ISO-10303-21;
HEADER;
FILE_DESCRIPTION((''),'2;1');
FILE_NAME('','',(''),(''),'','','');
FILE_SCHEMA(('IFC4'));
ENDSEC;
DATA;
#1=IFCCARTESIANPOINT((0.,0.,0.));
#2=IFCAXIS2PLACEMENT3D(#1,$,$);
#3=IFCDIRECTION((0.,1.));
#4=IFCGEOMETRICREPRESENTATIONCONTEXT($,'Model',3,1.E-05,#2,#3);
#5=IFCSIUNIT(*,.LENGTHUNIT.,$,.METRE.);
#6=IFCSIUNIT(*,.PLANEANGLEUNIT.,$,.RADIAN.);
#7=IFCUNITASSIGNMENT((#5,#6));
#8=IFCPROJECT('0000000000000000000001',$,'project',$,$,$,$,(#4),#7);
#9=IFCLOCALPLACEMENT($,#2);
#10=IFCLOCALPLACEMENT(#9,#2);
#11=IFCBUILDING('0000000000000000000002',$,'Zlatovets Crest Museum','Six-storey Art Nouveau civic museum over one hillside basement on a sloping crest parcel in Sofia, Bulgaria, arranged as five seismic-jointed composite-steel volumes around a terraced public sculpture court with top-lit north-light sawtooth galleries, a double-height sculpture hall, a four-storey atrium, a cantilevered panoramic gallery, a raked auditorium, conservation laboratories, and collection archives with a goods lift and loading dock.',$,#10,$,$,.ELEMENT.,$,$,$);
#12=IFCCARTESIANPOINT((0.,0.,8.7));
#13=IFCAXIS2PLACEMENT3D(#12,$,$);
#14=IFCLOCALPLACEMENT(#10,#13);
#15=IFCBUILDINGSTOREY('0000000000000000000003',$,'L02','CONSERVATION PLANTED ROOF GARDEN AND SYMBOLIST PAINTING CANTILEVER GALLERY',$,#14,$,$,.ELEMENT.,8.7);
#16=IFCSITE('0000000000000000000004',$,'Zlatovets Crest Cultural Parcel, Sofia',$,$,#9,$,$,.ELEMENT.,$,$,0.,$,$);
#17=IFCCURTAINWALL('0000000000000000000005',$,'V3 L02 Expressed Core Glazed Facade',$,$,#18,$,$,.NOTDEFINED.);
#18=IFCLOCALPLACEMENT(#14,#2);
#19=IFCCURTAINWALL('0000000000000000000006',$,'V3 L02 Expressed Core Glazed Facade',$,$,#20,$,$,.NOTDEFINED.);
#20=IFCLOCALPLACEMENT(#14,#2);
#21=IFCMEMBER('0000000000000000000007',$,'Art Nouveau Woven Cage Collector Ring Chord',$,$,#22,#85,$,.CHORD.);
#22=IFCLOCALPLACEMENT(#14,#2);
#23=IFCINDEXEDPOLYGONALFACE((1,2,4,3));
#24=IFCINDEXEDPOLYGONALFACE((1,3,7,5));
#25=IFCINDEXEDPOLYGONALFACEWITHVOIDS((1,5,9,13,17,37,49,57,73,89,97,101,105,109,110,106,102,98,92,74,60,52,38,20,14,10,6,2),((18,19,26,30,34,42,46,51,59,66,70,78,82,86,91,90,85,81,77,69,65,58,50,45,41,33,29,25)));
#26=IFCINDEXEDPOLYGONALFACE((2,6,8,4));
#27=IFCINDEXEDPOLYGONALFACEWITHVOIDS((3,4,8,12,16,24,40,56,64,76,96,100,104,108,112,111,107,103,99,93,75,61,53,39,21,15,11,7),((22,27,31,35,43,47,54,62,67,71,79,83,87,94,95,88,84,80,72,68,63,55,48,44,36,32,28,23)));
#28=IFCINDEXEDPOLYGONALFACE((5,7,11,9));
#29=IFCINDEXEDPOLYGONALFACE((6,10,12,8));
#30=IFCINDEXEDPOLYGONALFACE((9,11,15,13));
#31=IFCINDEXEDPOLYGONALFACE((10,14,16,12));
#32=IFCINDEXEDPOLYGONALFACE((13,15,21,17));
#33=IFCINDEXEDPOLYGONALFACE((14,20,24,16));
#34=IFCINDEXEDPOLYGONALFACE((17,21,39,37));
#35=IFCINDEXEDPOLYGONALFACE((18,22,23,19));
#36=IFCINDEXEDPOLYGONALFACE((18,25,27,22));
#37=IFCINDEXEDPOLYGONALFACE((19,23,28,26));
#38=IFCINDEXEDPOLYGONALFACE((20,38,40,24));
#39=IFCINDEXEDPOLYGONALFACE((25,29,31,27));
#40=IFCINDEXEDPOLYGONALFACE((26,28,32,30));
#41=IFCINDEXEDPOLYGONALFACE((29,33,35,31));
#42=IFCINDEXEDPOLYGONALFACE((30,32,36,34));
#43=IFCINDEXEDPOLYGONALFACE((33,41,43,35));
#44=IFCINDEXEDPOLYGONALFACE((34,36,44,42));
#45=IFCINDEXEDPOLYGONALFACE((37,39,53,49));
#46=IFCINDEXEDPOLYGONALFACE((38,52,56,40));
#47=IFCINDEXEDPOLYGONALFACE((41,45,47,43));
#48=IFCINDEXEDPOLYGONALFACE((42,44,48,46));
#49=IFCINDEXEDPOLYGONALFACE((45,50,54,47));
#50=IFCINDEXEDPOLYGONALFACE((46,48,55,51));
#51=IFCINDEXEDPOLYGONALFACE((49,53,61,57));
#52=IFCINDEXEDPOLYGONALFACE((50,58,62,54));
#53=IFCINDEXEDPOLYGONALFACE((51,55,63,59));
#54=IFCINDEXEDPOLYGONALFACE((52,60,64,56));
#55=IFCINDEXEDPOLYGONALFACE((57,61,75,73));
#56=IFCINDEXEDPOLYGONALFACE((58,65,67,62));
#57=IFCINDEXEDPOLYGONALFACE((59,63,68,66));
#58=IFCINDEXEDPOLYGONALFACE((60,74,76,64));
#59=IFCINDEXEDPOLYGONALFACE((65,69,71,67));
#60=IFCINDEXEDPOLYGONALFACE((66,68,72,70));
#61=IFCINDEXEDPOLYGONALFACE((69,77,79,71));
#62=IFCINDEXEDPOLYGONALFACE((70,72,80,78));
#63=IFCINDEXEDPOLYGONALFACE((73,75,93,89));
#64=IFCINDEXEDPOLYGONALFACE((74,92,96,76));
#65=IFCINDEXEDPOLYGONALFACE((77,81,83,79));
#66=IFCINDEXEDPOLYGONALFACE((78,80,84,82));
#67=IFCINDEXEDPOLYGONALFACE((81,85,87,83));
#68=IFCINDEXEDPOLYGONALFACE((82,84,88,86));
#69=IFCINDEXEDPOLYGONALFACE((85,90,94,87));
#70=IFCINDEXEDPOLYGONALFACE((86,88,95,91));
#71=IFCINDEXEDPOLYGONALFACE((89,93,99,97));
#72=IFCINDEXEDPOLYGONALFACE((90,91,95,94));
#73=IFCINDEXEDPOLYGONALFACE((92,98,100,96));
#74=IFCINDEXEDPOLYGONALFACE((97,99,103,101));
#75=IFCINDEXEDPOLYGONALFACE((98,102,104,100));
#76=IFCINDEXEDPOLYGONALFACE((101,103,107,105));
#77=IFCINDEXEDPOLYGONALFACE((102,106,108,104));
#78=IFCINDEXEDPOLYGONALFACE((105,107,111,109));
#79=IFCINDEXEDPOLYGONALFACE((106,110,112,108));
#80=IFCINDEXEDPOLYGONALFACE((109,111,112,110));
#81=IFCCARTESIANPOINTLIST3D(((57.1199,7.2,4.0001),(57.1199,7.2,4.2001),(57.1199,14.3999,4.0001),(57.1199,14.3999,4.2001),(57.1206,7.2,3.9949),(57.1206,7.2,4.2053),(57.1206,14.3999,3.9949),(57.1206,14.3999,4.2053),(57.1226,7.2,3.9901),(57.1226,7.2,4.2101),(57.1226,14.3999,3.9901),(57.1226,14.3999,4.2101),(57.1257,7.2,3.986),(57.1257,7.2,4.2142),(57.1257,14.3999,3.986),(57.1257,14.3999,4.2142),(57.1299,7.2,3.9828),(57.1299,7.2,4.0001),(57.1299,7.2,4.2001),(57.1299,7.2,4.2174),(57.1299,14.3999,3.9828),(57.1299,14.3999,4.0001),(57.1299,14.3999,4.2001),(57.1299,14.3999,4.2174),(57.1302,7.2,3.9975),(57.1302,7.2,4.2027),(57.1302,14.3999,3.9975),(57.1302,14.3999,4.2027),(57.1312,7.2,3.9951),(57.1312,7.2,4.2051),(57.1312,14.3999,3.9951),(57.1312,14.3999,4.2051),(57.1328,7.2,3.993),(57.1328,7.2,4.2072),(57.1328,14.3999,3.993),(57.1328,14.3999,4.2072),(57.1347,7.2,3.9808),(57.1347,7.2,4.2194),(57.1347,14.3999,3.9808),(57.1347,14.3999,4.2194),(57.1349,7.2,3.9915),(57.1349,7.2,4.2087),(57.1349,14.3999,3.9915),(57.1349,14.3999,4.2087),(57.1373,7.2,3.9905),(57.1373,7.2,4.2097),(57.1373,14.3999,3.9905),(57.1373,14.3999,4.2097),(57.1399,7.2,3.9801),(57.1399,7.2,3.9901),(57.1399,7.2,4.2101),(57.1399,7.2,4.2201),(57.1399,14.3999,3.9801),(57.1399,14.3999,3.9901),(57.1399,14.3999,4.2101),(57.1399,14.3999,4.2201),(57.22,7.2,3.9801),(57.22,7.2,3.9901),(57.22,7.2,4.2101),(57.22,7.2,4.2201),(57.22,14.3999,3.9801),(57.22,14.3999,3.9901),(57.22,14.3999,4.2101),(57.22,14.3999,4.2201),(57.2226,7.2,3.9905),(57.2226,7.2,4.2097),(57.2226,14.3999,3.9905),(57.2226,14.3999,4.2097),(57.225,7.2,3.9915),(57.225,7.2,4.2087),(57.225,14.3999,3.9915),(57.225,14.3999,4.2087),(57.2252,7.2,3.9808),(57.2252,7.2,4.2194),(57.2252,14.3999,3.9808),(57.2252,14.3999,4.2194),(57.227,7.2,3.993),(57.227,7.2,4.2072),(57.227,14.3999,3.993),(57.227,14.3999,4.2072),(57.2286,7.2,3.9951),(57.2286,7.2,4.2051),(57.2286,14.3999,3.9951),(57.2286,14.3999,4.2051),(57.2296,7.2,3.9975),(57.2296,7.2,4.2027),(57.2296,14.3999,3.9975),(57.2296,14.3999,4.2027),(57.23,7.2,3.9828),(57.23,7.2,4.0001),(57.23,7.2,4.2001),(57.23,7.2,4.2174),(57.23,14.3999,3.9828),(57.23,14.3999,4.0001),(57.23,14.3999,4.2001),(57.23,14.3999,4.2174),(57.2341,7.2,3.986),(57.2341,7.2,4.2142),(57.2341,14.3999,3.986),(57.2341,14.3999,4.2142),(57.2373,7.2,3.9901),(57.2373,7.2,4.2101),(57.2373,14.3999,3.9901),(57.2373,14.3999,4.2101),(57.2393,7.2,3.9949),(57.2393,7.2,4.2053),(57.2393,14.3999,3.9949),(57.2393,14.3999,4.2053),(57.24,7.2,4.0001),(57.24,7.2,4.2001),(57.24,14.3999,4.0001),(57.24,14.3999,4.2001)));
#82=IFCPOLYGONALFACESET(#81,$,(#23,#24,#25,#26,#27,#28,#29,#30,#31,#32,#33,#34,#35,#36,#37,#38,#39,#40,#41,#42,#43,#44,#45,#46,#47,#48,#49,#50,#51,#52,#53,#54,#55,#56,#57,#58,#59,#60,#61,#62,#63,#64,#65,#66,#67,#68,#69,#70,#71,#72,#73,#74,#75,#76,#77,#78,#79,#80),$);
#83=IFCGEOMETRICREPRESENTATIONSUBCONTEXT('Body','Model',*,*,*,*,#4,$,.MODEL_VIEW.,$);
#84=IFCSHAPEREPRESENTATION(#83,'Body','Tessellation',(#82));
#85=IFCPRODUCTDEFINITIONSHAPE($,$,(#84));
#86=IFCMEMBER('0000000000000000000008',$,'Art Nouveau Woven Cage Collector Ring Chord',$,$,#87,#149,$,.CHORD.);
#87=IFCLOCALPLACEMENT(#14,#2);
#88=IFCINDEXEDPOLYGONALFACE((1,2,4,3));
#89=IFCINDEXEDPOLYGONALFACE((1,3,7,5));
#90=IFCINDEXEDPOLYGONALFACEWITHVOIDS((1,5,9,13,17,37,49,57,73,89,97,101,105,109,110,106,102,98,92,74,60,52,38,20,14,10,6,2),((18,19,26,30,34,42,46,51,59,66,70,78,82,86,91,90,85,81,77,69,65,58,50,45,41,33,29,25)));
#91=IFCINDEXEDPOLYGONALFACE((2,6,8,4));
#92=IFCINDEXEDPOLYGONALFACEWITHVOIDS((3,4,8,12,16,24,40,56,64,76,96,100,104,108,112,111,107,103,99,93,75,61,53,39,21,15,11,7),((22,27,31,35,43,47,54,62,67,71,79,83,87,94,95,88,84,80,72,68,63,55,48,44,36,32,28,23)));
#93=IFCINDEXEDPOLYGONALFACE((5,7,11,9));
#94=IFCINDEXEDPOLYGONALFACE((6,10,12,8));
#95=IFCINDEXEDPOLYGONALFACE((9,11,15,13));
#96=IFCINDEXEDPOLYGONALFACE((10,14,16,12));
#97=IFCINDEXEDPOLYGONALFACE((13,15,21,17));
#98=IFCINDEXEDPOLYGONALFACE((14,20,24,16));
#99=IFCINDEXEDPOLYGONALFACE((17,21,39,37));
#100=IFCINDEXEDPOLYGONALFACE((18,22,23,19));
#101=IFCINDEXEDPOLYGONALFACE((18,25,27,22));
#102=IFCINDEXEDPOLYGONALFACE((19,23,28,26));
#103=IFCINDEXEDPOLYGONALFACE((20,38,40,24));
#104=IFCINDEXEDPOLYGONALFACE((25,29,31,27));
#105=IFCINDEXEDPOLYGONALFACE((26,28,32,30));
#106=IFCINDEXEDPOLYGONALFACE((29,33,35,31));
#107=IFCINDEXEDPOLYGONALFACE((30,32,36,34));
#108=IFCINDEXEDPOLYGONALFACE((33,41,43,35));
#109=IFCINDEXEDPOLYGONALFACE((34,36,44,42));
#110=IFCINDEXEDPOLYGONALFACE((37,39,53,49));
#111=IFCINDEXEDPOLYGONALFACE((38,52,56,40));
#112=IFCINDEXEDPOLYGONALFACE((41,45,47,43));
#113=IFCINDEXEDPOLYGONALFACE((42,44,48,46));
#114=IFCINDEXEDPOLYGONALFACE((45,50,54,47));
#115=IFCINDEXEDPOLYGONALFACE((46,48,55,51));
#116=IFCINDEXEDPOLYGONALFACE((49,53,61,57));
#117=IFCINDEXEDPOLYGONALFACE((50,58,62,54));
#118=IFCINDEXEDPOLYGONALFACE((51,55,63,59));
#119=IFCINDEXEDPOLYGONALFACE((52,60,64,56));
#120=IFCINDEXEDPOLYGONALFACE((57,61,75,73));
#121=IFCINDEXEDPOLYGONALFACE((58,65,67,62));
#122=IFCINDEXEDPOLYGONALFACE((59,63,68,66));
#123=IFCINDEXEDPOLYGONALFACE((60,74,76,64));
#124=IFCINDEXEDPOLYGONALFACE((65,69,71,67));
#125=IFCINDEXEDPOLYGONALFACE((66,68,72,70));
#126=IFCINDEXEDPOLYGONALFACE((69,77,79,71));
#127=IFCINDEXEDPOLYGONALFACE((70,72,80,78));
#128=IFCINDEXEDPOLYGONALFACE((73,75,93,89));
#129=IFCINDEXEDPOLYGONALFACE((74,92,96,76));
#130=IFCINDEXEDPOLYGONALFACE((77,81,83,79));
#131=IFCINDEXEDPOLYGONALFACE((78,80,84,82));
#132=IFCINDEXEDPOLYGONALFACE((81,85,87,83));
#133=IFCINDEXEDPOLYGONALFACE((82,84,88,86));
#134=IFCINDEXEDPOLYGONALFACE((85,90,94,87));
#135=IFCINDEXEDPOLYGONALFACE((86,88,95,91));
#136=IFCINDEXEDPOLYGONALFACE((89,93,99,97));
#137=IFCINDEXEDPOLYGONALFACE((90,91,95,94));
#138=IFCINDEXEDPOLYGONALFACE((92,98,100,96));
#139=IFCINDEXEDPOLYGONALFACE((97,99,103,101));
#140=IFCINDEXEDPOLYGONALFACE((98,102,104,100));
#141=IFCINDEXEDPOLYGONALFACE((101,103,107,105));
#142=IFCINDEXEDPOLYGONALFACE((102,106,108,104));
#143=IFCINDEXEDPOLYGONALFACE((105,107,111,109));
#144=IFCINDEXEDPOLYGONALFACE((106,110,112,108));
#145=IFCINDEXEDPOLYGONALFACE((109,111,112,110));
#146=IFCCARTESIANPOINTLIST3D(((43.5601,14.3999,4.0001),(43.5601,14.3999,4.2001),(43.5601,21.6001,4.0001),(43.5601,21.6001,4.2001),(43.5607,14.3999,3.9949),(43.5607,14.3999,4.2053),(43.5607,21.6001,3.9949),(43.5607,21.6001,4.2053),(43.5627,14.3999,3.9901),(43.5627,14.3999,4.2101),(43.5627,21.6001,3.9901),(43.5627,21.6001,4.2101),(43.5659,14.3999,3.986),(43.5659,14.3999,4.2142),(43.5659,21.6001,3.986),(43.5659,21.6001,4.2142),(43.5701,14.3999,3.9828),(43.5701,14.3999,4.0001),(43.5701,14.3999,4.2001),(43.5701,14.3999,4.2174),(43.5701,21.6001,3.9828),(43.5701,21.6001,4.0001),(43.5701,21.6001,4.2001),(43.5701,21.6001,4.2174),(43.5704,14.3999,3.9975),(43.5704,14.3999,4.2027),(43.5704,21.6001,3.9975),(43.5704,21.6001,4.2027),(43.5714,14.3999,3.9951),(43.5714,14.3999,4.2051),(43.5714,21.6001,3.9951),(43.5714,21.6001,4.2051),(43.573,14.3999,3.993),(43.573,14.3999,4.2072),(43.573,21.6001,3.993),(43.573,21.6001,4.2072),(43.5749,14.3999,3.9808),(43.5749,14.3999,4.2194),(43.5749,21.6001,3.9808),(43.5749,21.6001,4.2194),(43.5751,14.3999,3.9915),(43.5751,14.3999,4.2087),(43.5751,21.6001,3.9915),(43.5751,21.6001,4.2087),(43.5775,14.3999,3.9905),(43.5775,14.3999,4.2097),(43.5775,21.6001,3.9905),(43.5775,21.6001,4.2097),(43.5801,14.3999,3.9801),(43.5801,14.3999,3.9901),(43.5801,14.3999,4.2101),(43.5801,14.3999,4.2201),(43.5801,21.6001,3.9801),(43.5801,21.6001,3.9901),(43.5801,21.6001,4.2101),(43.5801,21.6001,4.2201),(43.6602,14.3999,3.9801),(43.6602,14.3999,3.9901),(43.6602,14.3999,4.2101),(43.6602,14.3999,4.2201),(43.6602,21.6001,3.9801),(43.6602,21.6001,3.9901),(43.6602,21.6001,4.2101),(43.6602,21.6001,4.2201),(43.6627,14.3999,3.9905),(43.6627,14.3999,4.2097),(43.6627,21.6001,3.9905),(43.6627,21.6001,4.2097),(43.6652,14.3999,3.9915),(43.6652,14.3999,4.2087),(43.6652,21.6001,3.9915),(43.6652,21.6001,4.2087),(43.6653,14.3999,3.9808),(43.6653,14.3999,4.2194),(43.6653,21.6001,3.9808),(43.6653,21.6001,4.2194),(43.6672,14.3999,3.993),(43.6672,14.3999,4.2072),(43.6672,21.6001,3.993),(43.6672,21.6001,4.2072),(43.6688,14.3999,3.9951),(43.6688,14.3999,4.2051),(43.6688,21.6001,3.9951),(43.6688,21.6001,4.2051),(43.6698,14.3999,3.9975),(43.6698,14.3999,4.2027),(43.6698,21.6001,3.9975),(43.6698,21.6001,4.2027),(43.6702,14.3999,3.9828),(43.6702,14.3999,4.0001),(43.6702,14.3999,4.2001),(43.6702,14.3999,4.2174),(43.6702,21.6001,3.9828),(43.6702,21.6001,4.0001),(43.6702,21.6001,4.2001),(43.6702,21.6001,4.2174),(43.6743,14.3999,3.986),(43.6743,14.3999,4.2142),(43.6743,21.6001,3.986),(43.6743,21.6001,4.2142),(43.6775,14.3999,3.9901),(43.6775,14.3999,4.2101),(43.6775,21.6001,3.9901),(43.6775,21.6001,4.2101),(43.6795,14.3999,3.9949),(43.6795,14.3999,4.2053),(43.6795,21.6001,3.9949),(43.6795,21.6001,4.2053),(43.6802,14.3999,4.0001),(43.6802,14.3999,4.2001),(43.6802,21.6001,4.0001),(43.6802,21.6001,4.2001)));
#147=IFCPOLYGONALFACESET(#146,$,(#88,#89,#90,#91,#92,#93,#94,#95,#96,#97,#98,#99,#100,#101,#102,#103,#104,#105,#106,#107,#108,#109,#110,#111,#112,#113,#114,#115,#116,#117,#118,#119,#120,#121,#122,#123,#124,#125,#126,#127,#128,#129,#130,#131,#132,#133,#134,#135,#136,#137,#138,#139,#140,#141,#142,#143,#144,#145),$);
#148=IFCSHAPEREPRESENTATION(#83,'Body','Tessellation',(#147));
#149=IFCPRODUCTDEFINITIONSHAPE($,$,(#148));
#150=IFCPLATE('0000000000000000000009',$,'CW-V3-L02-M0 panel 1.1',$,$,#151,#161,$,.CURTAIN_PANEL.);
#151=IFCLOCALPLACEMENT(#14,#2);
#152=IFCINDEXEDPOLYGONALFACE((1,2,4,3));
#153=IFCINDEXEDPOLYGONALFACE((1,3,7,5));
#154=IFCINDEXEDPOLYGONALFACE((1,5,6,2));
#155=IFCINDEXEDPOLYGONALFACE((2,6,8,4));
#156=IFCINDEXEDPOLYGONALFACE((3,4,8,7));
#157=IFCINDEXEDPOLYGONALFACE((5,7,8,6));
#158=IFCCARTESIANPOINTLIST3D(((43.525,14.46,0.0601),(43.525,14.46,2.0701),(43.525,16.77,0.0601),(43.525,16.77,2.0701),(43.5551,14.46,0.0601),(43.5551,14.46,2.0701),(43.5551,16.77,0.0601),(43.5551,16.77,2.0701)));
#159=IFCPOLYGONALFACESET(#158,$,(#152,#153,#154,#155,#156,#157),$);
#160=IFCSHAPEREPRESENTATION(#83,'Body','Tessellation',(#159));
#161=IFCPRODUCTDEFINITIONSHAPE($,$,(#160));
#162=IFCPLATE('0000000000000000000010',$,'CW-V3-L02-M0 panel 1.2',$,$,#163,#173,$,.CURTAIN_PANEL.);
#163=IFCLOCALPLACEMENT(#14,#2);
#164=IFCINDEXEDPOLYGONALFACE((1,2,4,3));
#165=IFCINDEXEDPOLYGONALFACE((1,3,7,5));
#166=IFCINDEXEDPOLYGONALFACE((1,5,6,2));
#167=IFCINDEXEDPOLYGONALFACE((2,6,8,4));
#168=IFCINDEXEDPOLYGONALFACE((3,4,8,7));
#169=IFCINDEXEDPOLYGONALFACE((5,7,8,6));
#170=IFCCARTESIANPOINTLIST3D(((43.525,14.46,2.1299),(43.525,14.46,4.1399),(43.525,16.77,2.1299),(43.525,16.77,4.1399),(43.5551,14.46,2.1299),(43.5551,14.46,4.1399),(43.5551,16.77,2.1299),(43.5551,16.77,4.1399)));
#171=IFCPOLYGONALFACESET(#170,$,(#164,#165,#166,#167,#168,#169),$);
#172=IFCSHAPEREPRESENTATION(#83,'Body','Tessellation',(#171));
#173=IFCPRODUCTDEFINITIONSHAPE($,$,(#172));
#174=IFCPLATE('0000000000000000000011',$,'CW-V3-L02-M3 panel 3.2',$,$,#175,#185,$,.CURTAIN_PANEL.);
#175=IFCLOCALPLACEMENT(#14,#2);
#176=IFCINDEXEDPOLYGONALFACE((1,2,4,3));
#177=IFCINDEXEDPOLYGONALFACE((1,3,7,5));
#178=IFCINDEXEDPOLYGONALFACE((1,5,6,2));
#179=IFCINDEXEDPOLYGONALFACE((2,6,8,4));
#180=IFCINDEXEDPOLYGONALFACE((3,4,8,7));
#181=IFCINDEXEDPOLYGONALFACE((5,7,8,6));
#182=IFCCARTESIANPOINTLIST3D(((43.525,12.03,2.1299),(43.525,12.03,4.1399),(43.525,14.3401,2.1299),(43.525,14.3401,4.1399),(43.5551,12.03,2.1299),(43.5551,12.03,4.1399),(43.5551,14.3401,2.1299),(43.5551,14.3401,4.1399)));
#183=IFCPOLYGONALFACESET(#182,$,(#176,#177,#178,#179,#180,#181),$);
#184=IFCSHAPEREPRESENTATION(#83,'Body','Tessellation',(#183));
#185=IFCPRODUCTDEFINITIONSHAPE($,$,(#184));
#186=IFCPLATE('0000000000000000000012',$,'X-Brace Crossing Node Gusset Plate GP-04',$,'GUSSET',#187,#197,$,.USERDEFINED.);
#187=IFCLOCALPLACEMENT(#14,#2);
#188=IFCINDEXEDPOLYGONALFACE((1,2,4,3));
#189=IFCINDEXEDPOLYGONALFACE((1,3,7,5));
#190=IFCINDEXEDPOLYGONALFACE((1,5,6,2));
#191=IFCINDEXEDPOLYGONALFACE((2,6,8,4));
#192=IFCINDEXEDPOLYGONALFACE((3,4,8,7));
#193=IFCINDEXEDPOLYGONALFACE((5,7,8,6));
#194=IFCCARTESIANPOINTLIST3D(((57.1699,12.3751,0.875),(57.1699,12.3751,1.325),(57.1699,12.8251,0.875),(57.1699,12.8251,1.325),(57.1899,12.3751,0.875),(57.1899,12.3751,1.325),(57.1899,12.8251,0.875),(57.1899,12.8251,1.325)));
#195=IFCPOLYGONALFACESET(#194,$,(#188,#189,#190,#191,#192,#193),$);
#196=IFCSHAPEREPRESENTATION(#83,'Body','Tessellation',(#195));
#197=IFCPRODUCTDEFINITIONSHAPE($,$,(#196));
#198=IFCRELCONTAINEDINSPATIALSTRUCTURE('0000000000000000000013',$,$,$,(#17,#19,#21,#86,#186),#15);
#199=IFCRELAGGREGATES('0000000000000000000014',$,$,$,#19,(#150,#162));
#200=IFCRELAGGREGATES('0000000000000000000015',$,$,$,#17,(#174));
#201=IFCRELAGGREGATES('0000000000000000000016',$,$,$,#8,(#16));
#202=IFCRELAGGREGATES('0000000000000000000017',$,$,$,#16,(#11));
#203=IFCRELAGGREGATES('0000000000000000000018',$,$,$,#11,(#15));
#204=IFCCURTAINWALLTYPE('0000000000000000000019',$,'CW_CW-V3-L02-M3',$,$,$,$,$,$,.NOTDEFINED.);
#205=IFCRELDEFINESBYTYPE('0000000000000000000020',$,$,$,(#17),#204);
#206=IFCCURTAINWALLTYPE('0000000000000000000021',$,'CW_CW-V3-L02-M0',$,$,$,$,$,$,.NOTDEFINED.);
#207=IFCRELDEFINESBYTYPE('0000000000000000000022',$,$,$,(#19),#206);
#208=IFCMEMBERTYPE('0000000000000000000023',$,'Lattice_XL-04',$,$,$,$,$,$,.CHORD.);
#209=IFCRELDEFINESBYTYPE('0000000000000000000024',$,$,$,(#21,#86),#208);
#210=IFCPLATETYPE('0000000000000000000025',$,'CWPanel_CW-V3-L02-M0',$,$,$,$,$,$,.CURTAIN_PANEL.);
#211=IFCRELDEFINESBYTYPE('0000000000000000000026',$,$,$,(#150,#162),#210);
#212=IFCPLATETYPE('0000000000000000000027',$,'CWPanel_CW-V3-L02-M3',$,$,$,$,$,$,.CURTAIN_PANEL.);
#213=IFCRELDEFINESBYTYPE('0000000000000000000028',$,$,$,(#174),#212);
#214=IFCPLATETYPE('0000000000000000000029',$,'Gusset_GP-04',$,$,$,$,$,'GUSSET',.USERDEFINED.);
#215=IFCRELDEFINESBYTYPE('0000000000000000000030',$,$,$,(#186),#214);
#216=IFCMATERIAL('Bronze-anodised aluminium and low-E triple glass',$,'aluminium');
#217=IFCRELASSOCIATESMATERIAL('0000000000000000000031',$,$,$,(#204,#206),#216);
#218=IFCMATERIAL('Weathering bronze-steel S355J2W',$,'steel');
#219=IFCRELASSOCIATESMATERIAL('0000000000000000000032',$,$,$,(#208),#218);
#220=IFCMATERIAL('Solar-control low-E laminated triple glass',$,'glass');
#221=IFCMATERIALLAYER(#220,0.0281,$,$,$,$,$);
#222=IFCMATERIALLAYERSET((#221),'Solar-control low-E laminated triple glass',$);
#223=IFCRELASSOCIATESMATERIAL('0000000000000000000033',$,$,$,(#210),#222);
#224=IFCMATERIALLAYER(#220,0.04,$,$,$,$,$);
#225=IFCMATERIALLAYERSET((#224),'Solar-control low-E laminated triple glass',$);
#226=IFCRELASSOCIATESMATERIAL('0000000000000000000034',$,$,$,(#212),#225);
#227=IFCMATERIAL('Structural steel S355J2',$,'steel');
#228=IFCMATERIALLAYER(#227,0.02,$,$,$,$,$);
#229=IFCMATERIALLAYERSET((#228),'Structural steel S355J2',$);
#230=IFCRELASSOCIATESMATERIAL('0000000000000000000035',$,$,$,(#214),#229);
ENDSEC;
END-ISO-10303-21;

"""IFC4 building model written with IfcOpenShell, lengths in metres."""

from ifc_helpers import new_model, si_unit, direction, frame, origin, origin_2d, place, context, subcontext, project, spatial, rectangle, hollow_rectangle, extrude, material, layer, layer_set, material_profile, profile_set, type_object, element, aggregate, save


model = new_model("IFC4")

# Units and contexts
model_context = context("Model", 3, precision=1e-05, world=origin(), true_north=direction((0.0, 1.0)))
body_context = subcontext(model_context, "Body", "Model", "MODEL_VIEW")
ifc_project = project(units=[si_unit("LENGTHUNIT", "METRE"), si_unit("PLANEANGLEUNIT", "RADIAN")], contexts=[model_context])

# Site, building, storey
site_placement = place(None, origin())
site = spatial("IfcSite", under=ifc_project, at=site_placement, Name="Zlatovets Crest Cultural Parcel, Sofia", CompositionType="ELEMENT", RefElevation=0.0)
building_placement = place(site_placement, origin())
building = spatial("IfcBuilding", under=site, at=building_placement, Name="Zlatovets Crest Museum", Description="Six-storey Art Nouveau civic museum over one hillside basement on a sloping crest parcel in Sofia, Bulgaria, arranged as five seismic-jointed composite-steel volumes around a terraced public sculpture court with top-lit north-light sawtooth galleries, a double-height sculpture hall, a four-storey atrium, a cantilevered panoramic gallery, a raked auditorium, conservation laboratories, and collection archives with a goods lift and loading dock.", CompositionType="ELEMENT")
storey_placement = place(building_placement, frame((0.0, 0.0, 8.7)))
storey = spatial("IfcBuildingStorey", under=building, at=storey_placement, Name="L02", Description="CONSERVATION PLANTED ROOF GARDEN AND SYMBOLIST PAINTING CANTILEVER GALLERY", CompositionType="ELEMENT", Elevation=8.7)

# Curtain walls
ifc_material_1 = material(Name="Bronze-anodised aluminium and low-E triple glass", Category="aluminium")
curtain_wall_type_1 = type_object("IfcCurtainWallType", Name="CW_CW-V3-L02-M3", PredefinedType="NOTDEFINED", material=ifc_material_1)
curtain_wall_1_placement = place(storey_placement, origin())
curtain_wall_1 = element("IfcCurtainWall", 1, at=curtain_wall_1_placement, inside=storey, type_object=curtain_wall_type_1, Name="V3 L02 Expressed Core Glazed Facade", PredefinedType="NOTDEFINED")
curtain_wall_type_2 = type_object("IfcCurtainWallType", Name="CW_CW-V3-L02-M0", PredefinedType="NOTDEFINED", material=ifc_material_1)
curtain_wall_2_placement = place(storey_placement, origin())
curtain_wall_2 = element("IfcCurtainWall", 2, at=curtain_wall_2_placement, inside=storey, type_object=curtain_wall_type_2, Name="V3 L02 Expressed Core Glazed Facade", PredefinedType="NOTDEFINED")

# Members
ifc_material_2 = material(Name="Weathering bronze-steel S355J2W", Category="steel")
ifc_material_profile_1 = material_profile(ifc_material_2, hollow_rectangle(XDim=0.1201, YDim=0.24, WallThickness=0.01, InnerFilletRadius=0.01, OuterFilletRadius=0.02, at=origin_2d()), Name="RHS 120x240x10.0")
ifc_profile_set_1 = profile_set([ifc_material_profile_1], Name="Weathering bronze-steel S355J2W")
member_type_1 = type_object("IfcMemberType", Name="Lattice_XL-04", PredefinedType="CHORD", material=ifc_profile_set_1)
member_1_placement = place(storey_placement, frame((57.1799, 14.3999, 4.1001), z_axis=(0.0, -1.0, 0.0), x_axis=(1.0, 0.0, 0.0)))
element("IfcMember", 3, at=member_1_placement, inside=storey, type_object=member_type_1, Name="Art Nouveau Woven Cage Collector Ring Chord", PredefinedType="CHORD", context=body_context, shape_type="SweptSolid", body=[
    extrude(hollow_rectangle(XDim=0.1201, YDim=0.24, WallThickness=0.01, InnerFilletRadius=0.01, OuterFilletRadius=0.02, at=origin_2d()), origin(), (0.0, 0.0, 1.0), 7.2),
])
member_2_placement = place(storey_placement, frame((43.6201, 14.3999, 4.1001), z_axis=(0.0, 1.0, 0.0), x_axis=(-1.0, 0.0, 0.0)))
element("IfcMember", 4, at=member_2_placement, inside=storey, type_object=member_type_1, Name="Art Nouveau Woven Cage Collector Ring Chord", PredefinedType="CHORD", context=body_context, shape_type="SweptSolid", body=[
    extrude(hollow_rectangle(XDim=0.1201, YDim=0.24, WallThickness=0.01, InnerFilletRadius=0.01, OuterFilletRadius=0.02, at=origin_2d()), origin(), (0.0, 0.0, 1.0), 7.2002),
])

# Plates
ifc_material_3 = material(Name="Solar-control low-E laminated triple glass", Category="glass")
ifc_layer_1 = layer(ifc_material_3, 0.0281)
ifc_layer_set_1 = layer_set([ifc_layer_1], Name="Solar-control low-E laminated triple glass")
plate_type_1 = type_object("IfcPlateType", Name="CWPanel_CW-V3-L02-M0", PredefinedType="CURTAIN_PANEL", material=ifc_layer_set_1)
plate_1_placement = place(storey_placement, frame((43.54, 15.615, 0.0601), z_axis=(0.0, 0.0, 1.0), x_axis=(0.0, 1.0, 0.0)))
plate_1 = element("IfcPlate", 5, at=plate_1_placement, type_object=plate_type_1, Name="CW-V3-L02-M0 panel 1.1", PredefinedType="CURTAIN_PANEL", context=body_context, shape_type="SweptSolid", body=[
    extrude(rectangle(XDim=2.3101, YDim=0.03, at=origin_2d()), origin(), (0.0, 0.0, 1.0), 2.01),
])
plate_2_placement = place(storey_placement, frame((43.54, 15.615, 2.1299), z_axis=(0.0, 0.0, 1.0), x_axis=(0.0, 1.0, 0.0)))
plate_2 = element("IfcPlate", 6, at=plate_2_placement, type_object=plate_type_1, Name="CW-V3-L02-M0 panel 1.2", PredefinedType="CURTAIN_PANEL", context=body_context, shape_type="SweptSolid", body=[
    extrude(rectangle(XDim=2.3101, YDim=0.03, at=origin_2d()), origin(), (0.0, 0.0, 1.0), 2.01),
])
aggregate(curtain_wall_2, [plate_1, plate_2])
ifc_layer_2 = layer(ifc_material_3, 0.04)
ifc_layer_set_2 = layer_set([ifc_layer_2], Name="Solar-control low-E laminated triple glass")
plate_type_2 = type_object("IfcPlateType", Name="CWPanel_CW-V3-L02-M3", PredefinedType="CURTAIN_PANEL", material=ifc_layer_set_2)
plate_3_placement = place(storey_placement, frame((43.54, 13.1851, 2.1299), z_axis=(0.0, 0.0, 1.0), x_axis=(0.0, 1.0, 0.0)))
plate_3 = element("IfcPlate", 7, at=plate_3_placement, type_object=plate_type_2, Name="CW-V3-L02-M3 panel 3.2", PredefinedType="CURTAIN_PANEL", context=body_context, shape_type="SweptSolid", body=[
    extrude(rectangle(XDim=2.3101, YDim=0.03, at=origin_2d()), origin(), (0.0, 0.0, 1.0), 2.01),
])
aggregate(curtain_wall_1, [plate_3])

# Plate
ifc_material_4 = material(Name="Structural steel S355J2", Category="steel")
ifc_layer_3 = layer(ifc_material_4, 0.02)
ifc_layer_set_3 = layer_set([ifc_layer_3], Name="Structural steel S355J2")
plate_type_3 = type_object("IfcPlateType", Name="Gusset_GP-04", ElementType="GUSSET", PredefinedType="USERDEFINED", material=ifc_layer_set_3)
for number, where, z_axis, x_axis, name in (
    (8, (57.1799, 12.6001, 0.875), (0.0, 0.0, 1.0), (1.0, 0.0, 0.0), "X-Brace Crossing Node Gusset Plate GP-04"),
):
    element("IfcPlate", number, at=place(storey_placement, frame(where, z_axis=z_axis, x_axis=x_axis)), inside=storey, type_object=plate_type_3, Name=name, ObjectType="GUSSET", PredefinedType="USERDEFINED", context=body_context, shape_type="SweptSolid", body=[
        extrude(rectangle(XDim=0.02, YDim=0.45, at=origin_2d()), origin(), (0.0, 0.0, 1.0), 0.45),
    ])

save(model, "model.ifc")
